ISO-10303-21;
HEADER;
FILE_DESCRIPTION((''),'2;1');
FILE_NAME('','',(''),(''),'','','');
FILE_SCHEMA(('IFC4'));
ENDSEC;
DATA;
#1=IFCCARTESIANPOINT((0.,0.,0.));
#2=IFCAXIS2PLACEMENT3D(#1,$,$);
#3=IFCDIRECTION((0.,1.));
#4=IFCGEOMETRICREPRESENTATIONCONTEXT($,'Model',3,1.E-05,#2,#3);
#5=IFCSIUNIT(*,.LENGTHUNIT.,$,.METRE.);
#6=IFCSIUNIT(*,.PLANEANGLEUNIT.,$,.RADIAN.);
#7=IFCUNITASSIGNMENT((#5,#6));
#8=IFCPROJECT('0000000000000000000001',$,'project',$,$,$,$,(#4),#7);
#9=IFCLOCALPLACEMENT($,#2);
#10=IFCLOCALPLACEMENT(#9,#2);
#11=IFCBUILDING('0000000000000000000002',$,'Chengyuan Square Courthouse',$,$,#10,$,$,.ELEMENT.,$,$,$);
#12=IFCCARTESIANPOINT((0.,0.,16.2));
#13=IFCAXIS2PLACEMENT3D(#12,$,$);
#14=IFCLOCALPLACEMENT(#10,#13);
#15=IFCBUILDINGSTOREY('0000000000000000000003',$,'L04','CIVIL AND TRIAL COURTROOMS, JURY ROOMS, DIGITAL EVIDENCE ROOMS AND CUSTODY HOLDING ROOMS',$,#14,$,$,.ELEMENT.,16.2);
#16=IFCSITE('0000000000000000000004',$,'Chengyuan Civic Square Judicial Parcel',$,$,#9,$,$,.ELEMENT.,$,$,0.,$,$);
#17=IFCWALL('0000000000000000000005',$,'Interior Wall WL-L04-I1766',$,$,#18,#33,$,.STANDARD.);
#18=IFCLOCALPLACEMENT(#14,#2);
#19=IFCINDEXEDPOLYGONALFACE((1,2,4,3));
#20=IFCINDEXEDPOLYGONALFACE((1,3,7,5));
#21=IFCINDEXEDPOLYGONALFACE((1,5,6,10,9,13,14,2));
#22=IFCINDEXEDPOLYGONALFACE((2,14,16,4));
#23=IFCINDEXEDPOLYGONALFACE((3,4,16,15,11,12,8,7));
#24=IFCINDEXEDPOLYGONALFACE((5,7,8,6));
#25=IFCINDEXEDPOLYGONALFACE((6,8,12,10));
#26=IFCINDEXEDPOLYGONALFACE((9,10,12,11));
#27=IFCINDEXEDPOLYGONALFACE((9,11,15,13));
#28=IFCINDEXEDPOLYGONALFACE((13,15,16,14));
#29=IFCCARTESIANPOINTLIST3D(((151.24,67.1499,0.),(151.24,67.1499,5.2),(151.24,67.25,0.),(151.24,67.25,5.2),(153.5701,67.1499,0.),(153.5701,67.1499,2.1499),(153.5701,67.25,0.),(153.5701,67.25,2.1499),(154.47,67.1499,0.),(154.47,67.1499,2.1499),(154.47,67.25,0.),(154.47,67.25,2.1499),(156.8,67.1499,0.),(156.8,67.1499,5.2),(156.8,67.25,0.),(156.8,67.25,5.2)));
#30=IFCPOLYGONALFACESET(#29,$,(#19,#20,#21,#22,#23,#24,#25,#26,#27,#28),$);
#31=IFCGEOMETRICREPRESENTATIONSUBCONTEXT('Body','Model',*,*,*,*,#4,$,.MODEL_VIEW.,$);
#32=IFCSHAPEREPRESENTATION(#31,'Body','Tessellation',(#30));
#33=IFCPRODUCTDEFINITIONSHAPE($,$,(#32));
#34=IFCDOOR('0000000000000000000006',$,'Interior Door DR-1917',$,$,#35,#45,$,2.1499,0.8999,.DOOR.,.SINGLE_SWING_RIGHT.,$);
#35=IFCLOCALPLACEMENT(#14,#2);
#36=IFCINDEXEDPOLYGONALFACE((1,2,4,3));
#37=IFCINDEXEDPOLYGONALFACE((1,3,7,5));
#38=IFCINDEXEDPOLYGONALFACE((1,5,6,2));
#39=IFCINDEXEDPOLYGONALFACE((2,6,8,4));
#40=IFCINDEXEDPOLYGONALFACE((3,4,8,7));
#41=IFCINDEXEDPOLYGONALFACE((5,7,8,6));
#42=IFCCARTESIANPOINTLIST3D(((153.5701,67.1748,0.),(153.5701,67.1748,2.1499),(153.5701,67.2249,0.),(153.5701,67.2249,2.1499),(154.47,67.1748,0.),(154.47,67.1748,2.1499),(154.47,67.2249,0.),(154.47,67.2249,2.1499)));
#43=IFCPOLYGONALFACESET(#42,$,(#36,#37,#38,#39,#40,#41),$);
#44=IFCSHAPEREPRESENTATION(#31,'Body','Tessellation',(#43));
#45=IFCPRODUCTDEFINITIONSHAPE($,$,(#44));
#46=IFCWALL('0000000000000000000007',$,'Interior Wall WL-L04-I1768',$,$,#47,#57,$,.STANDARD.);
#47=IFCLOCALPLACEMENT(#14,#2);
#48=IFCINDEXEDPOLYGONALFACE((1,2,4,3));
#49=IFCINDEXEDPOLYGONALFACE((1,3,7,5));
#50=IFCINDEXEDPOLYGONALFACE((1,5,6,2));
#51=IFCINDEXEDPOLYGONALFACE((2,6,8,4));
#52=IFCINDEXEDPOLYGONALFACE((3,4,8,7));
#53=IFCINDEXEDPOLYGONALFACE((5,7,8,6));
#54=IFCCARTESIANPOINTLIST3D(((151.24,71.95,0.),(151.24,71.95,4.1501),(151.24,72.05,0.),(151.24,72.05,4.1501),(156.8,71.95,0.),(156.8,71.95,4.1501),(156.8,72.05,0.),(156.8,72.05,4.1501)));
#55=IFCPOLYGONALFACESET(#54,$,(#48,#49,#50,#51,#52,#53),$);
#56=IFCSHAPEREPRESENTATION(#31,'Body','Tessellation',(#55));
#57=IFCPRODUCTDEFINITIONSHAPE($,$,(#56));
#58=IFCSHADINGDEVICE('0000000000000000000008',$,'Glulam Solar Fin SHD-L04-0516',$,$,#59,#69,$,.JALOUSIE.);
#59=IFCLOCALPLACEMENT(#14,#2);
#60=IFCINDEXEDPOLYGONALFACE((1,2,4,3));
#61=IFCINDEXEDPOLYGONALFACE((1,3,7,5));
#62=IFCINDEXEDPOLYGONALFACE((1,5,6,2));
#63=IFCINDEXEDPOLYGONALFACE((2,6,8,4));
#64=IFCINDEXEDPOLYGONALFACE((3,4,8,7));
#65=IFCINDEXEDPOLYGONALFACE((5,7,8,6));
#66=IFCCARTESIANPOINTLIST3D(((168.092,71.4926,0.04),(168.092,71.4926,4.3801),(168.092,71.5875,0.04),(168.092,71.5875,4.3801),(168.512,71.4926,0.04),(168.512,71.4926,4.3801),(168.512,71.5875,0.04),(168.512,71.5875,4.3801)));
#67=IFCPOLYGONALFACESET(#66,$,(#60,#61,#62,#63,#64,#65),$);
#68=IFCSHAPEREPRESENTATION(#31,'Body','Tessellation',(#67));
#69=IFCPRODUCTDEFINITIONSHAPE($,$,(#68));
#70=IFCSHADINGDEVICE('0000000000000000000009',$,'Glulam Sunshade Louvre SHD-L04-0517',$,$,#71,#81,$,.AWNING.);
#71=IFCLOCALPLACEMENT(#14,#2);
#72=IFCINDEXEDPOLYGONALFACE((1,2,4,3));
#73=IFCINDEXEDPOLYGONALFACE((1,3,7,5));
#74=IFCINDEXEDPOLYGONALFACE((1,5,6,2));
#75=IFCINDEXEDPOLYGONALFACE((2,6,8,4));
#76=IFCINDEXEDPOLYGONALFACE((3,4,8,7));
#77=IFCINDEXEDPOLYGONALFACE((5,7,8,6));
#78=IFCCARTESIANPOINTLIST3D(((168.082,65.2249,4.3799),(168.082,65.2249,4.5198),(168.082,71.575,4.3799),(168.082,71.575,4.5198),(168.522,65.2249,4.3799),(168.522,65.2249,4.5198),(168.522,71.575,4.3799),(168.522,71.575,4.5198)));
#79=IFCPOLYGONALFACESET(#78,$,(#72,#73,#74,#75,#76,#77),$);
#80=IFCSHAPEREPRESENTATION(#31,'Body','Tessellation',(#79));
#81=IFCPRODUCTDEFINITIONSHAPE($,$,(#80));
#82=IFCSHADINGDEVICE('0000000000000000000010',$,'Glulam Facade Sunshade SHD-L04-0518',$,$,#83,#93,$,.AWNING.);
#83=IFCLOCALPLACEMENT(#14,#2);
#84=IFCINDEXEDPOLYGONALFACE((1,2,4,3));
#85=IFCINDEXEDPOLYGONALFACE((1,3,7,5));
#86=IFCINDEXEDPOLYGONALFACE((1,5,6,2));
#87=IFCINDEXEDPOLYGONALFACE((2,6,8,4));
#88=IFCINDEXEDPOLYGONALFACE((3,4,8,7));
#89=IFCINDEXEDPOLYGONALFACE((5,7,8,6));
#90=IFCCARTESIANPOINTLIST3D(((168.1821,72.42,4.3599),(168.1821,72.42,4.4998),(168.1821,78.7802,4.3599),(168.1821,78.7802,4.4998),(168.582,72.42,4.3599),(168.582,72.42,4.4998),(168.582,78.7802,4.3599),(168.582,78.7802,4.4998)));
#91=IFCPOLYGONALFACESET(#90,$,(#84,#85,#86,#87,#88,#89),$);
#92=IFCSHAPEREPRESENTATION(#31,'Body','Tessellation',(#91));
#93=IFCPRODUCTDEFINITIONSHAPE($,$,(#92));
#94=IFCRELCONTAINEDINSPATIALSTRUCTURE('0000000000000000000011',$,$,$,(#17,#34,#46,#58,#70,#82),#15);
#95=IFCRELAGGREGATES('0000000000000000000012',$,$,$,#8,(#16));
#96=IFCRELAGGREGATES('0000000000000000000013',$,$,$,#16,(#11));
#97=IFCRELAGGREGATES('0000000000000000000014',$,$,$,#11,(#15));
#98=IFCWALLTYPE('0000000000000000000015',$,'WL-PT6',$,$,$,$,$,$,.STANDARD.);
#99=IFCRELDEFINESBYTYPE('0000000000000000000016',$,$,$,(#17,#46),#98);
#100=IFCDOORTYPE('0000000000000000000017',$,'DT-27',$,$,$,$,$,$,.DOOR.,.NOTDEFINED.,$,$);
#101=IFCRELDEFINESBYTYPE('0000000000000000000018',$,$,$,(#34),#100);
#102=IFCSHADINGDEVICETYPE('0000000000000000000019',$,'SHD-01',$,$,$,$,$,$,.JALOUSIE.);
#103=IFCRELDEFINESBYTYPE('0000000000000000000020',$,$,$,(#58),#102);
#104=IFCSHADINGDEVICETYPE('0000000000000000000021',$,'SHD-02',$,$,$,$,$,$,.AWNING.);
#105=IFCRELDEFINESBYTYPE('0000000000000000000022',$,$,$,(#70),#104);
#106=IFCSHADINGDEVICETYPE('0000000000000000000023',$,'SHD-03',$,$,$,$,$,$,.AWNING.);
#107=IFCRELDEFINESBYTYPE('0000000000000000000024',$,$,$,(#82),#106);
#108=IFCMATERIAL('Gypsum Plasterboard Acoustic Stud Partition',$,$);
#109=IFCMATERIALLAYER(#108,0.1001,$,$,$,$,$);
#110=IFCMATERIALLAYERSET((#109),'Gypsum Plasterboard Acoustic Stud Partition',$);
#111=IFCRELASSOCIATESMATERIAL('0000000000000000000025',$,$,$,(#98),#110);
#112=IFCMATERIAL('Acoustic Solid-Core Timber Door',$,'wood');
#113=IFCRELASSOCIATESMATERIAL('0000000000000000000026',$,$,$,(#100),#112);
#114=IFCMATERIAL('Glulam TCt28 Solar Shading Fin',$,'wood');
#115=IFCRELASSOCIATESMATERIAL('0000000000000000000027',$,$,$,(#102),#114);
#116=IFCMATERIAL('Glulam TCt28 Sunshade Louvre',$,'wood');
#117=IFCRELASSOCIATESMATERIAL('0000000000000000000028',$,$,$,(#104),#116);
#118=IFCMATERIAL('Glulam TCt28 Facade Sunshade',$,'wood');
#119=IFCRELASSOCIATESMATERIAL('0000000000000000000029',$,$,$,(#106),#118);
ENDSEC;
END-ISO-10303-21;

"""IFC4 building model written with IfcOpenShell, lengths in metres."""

from ifc_helpers import new_model, si_unit, direction, frame, frame_2d, origin, origin_2d, place, context, subcontext, project, spatial, rectangle, extrude, material, layer, layer_set, type_object, element, fill, save


model = new_model("IFC4")

# Units and contexts
model_context = context("Model", 3, precision=1e-05, world=origin(), true_north=direction((0.0, 1.0)))
body_context = subcontext(model_context, "Body", "Model", "MODEL_VIEW")
ifc_project = project(units=[si_unit("LENGTHUNIT", "METRE"), si_unit("PLANEANGLEUNIT", "RADIAN")], contexts=[model_context])

# Site, building, storey
site_placement = place(None, origin())
site = spatial("IfcSite", under=ifc_project, at=site_placement, Name="Chengyuan Civic Square Judicial Parcel", CompositionType="ELEMENT", RefElevation=0.0)
building_placement = place(site_placement, origin())
building = spatial("IfcBuilding", under=site, at=building_placement, Name="Chengyuan Square Courthouse", CompositionType="ELEMENT")
storey_placement = place(building_placement, frame((0.0, 0.0, 16.2)))
storey = spatial("IfcBuildingStorey", under=building, at=storey_placement, Name="L04", Description="CIVIL AND TRIAL COURTROOMS, JURY ROOMS, DIGITAL EVIDENCE ROOMS AND CUSTODY HOLDING ROOMS", CompositionType="ELEMENT", Elevation=16.2)

# Wall, opening, door
ifc_material_1 = material(Name="Gypsum Plasterboard Acoustic Stud Partition")
ifc_layer_1 = layer(ifc_material_1, 0.1001)
ifc_layer_set_1 = layer_set([ifc_layer_1], Name="Gypsum Plasterboard Acoustic Stud Partition")
wall_type_1 = type_object("IfcWallType", Name="WL-PT6", PredefinedType="STANDARD", material=ifc_layer_set_1)
wall_1_placement = place(storey_placement, frame((151.24, 67.2, 0.0), z_axis=(0.0, 0.0, 1.0), x_axis=(1.0, 0.0, 0.0)))
wall_1 = element("IfcWall", 1, at=wall_1_placement, inside=storey, type_object=wall_type_1, Name="Interior Wall WL-L04-I1766", PredefinedType="STANDARD", context=body_context, shape_type="SweptSolid", body=[
    extrude(rectangle(XDim=5.5601, YDim=0.1001, at=frame_2d((2.78, 0.0))), origin(), (0.0, 0.0, 1.0), 5.2),
])
opening_1_placement = place(wall_1_placement, frame((2.3301, 0.0, 0.0)))
opening_1 = element("IfcOpeningElement", 2, at=opening_1_placement, cuts=wall_1, PredefinedType="OPENING", context=body_context, shape_type="SweptSolid", body=[
    extrude(rectangle(XDim=0.8999, YDim=2.1499, at=frame_2d((0.45, 1.075))), frame((0.0, 0.062, 0.0), z_axis=(0.0, -1.0, 0.0), x_axis=(1.0, 0.0, 0.0)), (0.0, 0.0, 1.0), 0.124),
])
ifc_material_2 = material(Name="Acoustic Solid-Core Timber Door", Category="wood")
door_type = type_object("IfcDoorType", Name="DT-27", OperationType="NOTDEFINED", PredefinedType="DOOR", material=ifc_material_2)
door_placement = place(opening_1_placement, origin())
door = element("IfcDoor", 3, at=door_placement, inside=storey, type_object=door_type, Name="Interior Door DR-1917", OperationType="SINGLE_SWING_RIGHT", OverallHeight=2.1499, OverallWidth=0.8999, PredefinedType="DOOR", context=body_context, shape_type="SweptSolid", body=[
    extrude(rectangle(XDim=0.8999, YDim=2.1499, at=frame_2d((0.45, 1.075))), frame((0.0, 0.0249, 0.0), z_axis=(0.0, -1.0, 0.0), x_axis=(1.0, 0.0, 0.0)), (0.0, 0.0, 1.0), 0.05),
])
fill(opening_1, door)

# Wall
wall_2_placement = place(storey_placement, frame((151.24, 72.0, 0.0), z_axis=(0.0, 0.0, 1.0), x_axis=(1.0, 0.0, 0.0)))
element("IfcWall", 4, at=wall_2_placement, inside=storey, type_object=wall_type_1, Name="Interior Wall WL-L04-I1768", PredefinedType="STANDARD", context=body_context, shape_type="SweptSolid", body=[
    extrude(rectangle(XDim=5.5601, YDim=0.1001, at=frame_2d((2.78, 0.0))), origin(), (0.0, 0.0, 1.0), 4.1501),
])

# Shading devices
ifc_material_3 = material(Name="Glulam TCt28 Solar Shading Fin", Category="wood")
shading_device_type_1 = type_object("IfcShadingDeviceType", Name="SHD-01", PredefinedType="JALOUSIE", material=ifc_material_3)
shading_device_1_placement = place(storey_placement, frame((168.302, 71.54, 0.04), z_axis=(0.0, 0.0, 1.0), x_axis=(1.0, 0.0, 0.0)))
element("IfcShadingDevice", 5, at=shading_device_1_placement, inside=storey, type_object=shading_device_type_1, Name="Glulam Solar Fin SHD-L04-0516", PredefinedType="JALOUSIE", context=body_context, shape_type="SweptSolid", body=[
    extrude(rectangle(XDim=0.4199, YDim=0.095, at=origin_2d()), origin(), (0.0, 0.0, 1.0), 4.3401),
])
ifc_material_4 = material(Name="Glulam TCt28 Sunshade Louvre", Category="wood")
shading_device_type_2 = type_object("IfcShadingDeviceType", Name="SHD-02", PredefinedType="AWNING", material=ifc_material_4)
shading_device_2_placement = place(storey_placement, frame((168.302, 68.3999, 4.3799), z_axis=(0.0, 0.0, 1.0), x_axis=(0.0, 1.0, 0.0)))
element("IfcShadingDevice", 6, at=shading_device_2_placement, inside=storey, type_object=shading_device_type_2, Name="Glulam Sunshade Louvre SHD-L04-0517", PredefinedType="AWNING", context=body_context, shape_type="SweptSolid", body=[
    extrude(rectangle(XDim=6.3501, YDim=0.4399, at=origin_2d()), origin(), (0.0, 0.0, 1.0), 0.1399),
])
ifc_material_5 = material(Name="Glulam TCt28 Facade Sunshade", Category="wood")
shading_device_type_3 = type_object("IfcShadingDeviceType", Name="SHD-03", PredefinedType="AWNING", material=ifc_material_5)
shading_device_3_placement = place(storey_placement, frame((168.3821, 75.6001, 4.3599), z_axis=(0.0, 0.0, 1.0), x_axis=(0.0, 1.0, 0.0)))
element("IfcShadingDevice", 7, at=shading_device_3_placement, inside=storey, type_object=shading_device_type_3, Name="Glulam Facade Sunshade SHD-L04-0518", PredefinedType="AWNING", context=body_context, shape_type="SweptSolid", body=[
    extrude(rectangle(XDim=6.3601, YDim=0.3999, at=origin_2d()), origin(), (0.0, 0.0, 1.0), 0.1399),
])

save(model, "model.ifc")
